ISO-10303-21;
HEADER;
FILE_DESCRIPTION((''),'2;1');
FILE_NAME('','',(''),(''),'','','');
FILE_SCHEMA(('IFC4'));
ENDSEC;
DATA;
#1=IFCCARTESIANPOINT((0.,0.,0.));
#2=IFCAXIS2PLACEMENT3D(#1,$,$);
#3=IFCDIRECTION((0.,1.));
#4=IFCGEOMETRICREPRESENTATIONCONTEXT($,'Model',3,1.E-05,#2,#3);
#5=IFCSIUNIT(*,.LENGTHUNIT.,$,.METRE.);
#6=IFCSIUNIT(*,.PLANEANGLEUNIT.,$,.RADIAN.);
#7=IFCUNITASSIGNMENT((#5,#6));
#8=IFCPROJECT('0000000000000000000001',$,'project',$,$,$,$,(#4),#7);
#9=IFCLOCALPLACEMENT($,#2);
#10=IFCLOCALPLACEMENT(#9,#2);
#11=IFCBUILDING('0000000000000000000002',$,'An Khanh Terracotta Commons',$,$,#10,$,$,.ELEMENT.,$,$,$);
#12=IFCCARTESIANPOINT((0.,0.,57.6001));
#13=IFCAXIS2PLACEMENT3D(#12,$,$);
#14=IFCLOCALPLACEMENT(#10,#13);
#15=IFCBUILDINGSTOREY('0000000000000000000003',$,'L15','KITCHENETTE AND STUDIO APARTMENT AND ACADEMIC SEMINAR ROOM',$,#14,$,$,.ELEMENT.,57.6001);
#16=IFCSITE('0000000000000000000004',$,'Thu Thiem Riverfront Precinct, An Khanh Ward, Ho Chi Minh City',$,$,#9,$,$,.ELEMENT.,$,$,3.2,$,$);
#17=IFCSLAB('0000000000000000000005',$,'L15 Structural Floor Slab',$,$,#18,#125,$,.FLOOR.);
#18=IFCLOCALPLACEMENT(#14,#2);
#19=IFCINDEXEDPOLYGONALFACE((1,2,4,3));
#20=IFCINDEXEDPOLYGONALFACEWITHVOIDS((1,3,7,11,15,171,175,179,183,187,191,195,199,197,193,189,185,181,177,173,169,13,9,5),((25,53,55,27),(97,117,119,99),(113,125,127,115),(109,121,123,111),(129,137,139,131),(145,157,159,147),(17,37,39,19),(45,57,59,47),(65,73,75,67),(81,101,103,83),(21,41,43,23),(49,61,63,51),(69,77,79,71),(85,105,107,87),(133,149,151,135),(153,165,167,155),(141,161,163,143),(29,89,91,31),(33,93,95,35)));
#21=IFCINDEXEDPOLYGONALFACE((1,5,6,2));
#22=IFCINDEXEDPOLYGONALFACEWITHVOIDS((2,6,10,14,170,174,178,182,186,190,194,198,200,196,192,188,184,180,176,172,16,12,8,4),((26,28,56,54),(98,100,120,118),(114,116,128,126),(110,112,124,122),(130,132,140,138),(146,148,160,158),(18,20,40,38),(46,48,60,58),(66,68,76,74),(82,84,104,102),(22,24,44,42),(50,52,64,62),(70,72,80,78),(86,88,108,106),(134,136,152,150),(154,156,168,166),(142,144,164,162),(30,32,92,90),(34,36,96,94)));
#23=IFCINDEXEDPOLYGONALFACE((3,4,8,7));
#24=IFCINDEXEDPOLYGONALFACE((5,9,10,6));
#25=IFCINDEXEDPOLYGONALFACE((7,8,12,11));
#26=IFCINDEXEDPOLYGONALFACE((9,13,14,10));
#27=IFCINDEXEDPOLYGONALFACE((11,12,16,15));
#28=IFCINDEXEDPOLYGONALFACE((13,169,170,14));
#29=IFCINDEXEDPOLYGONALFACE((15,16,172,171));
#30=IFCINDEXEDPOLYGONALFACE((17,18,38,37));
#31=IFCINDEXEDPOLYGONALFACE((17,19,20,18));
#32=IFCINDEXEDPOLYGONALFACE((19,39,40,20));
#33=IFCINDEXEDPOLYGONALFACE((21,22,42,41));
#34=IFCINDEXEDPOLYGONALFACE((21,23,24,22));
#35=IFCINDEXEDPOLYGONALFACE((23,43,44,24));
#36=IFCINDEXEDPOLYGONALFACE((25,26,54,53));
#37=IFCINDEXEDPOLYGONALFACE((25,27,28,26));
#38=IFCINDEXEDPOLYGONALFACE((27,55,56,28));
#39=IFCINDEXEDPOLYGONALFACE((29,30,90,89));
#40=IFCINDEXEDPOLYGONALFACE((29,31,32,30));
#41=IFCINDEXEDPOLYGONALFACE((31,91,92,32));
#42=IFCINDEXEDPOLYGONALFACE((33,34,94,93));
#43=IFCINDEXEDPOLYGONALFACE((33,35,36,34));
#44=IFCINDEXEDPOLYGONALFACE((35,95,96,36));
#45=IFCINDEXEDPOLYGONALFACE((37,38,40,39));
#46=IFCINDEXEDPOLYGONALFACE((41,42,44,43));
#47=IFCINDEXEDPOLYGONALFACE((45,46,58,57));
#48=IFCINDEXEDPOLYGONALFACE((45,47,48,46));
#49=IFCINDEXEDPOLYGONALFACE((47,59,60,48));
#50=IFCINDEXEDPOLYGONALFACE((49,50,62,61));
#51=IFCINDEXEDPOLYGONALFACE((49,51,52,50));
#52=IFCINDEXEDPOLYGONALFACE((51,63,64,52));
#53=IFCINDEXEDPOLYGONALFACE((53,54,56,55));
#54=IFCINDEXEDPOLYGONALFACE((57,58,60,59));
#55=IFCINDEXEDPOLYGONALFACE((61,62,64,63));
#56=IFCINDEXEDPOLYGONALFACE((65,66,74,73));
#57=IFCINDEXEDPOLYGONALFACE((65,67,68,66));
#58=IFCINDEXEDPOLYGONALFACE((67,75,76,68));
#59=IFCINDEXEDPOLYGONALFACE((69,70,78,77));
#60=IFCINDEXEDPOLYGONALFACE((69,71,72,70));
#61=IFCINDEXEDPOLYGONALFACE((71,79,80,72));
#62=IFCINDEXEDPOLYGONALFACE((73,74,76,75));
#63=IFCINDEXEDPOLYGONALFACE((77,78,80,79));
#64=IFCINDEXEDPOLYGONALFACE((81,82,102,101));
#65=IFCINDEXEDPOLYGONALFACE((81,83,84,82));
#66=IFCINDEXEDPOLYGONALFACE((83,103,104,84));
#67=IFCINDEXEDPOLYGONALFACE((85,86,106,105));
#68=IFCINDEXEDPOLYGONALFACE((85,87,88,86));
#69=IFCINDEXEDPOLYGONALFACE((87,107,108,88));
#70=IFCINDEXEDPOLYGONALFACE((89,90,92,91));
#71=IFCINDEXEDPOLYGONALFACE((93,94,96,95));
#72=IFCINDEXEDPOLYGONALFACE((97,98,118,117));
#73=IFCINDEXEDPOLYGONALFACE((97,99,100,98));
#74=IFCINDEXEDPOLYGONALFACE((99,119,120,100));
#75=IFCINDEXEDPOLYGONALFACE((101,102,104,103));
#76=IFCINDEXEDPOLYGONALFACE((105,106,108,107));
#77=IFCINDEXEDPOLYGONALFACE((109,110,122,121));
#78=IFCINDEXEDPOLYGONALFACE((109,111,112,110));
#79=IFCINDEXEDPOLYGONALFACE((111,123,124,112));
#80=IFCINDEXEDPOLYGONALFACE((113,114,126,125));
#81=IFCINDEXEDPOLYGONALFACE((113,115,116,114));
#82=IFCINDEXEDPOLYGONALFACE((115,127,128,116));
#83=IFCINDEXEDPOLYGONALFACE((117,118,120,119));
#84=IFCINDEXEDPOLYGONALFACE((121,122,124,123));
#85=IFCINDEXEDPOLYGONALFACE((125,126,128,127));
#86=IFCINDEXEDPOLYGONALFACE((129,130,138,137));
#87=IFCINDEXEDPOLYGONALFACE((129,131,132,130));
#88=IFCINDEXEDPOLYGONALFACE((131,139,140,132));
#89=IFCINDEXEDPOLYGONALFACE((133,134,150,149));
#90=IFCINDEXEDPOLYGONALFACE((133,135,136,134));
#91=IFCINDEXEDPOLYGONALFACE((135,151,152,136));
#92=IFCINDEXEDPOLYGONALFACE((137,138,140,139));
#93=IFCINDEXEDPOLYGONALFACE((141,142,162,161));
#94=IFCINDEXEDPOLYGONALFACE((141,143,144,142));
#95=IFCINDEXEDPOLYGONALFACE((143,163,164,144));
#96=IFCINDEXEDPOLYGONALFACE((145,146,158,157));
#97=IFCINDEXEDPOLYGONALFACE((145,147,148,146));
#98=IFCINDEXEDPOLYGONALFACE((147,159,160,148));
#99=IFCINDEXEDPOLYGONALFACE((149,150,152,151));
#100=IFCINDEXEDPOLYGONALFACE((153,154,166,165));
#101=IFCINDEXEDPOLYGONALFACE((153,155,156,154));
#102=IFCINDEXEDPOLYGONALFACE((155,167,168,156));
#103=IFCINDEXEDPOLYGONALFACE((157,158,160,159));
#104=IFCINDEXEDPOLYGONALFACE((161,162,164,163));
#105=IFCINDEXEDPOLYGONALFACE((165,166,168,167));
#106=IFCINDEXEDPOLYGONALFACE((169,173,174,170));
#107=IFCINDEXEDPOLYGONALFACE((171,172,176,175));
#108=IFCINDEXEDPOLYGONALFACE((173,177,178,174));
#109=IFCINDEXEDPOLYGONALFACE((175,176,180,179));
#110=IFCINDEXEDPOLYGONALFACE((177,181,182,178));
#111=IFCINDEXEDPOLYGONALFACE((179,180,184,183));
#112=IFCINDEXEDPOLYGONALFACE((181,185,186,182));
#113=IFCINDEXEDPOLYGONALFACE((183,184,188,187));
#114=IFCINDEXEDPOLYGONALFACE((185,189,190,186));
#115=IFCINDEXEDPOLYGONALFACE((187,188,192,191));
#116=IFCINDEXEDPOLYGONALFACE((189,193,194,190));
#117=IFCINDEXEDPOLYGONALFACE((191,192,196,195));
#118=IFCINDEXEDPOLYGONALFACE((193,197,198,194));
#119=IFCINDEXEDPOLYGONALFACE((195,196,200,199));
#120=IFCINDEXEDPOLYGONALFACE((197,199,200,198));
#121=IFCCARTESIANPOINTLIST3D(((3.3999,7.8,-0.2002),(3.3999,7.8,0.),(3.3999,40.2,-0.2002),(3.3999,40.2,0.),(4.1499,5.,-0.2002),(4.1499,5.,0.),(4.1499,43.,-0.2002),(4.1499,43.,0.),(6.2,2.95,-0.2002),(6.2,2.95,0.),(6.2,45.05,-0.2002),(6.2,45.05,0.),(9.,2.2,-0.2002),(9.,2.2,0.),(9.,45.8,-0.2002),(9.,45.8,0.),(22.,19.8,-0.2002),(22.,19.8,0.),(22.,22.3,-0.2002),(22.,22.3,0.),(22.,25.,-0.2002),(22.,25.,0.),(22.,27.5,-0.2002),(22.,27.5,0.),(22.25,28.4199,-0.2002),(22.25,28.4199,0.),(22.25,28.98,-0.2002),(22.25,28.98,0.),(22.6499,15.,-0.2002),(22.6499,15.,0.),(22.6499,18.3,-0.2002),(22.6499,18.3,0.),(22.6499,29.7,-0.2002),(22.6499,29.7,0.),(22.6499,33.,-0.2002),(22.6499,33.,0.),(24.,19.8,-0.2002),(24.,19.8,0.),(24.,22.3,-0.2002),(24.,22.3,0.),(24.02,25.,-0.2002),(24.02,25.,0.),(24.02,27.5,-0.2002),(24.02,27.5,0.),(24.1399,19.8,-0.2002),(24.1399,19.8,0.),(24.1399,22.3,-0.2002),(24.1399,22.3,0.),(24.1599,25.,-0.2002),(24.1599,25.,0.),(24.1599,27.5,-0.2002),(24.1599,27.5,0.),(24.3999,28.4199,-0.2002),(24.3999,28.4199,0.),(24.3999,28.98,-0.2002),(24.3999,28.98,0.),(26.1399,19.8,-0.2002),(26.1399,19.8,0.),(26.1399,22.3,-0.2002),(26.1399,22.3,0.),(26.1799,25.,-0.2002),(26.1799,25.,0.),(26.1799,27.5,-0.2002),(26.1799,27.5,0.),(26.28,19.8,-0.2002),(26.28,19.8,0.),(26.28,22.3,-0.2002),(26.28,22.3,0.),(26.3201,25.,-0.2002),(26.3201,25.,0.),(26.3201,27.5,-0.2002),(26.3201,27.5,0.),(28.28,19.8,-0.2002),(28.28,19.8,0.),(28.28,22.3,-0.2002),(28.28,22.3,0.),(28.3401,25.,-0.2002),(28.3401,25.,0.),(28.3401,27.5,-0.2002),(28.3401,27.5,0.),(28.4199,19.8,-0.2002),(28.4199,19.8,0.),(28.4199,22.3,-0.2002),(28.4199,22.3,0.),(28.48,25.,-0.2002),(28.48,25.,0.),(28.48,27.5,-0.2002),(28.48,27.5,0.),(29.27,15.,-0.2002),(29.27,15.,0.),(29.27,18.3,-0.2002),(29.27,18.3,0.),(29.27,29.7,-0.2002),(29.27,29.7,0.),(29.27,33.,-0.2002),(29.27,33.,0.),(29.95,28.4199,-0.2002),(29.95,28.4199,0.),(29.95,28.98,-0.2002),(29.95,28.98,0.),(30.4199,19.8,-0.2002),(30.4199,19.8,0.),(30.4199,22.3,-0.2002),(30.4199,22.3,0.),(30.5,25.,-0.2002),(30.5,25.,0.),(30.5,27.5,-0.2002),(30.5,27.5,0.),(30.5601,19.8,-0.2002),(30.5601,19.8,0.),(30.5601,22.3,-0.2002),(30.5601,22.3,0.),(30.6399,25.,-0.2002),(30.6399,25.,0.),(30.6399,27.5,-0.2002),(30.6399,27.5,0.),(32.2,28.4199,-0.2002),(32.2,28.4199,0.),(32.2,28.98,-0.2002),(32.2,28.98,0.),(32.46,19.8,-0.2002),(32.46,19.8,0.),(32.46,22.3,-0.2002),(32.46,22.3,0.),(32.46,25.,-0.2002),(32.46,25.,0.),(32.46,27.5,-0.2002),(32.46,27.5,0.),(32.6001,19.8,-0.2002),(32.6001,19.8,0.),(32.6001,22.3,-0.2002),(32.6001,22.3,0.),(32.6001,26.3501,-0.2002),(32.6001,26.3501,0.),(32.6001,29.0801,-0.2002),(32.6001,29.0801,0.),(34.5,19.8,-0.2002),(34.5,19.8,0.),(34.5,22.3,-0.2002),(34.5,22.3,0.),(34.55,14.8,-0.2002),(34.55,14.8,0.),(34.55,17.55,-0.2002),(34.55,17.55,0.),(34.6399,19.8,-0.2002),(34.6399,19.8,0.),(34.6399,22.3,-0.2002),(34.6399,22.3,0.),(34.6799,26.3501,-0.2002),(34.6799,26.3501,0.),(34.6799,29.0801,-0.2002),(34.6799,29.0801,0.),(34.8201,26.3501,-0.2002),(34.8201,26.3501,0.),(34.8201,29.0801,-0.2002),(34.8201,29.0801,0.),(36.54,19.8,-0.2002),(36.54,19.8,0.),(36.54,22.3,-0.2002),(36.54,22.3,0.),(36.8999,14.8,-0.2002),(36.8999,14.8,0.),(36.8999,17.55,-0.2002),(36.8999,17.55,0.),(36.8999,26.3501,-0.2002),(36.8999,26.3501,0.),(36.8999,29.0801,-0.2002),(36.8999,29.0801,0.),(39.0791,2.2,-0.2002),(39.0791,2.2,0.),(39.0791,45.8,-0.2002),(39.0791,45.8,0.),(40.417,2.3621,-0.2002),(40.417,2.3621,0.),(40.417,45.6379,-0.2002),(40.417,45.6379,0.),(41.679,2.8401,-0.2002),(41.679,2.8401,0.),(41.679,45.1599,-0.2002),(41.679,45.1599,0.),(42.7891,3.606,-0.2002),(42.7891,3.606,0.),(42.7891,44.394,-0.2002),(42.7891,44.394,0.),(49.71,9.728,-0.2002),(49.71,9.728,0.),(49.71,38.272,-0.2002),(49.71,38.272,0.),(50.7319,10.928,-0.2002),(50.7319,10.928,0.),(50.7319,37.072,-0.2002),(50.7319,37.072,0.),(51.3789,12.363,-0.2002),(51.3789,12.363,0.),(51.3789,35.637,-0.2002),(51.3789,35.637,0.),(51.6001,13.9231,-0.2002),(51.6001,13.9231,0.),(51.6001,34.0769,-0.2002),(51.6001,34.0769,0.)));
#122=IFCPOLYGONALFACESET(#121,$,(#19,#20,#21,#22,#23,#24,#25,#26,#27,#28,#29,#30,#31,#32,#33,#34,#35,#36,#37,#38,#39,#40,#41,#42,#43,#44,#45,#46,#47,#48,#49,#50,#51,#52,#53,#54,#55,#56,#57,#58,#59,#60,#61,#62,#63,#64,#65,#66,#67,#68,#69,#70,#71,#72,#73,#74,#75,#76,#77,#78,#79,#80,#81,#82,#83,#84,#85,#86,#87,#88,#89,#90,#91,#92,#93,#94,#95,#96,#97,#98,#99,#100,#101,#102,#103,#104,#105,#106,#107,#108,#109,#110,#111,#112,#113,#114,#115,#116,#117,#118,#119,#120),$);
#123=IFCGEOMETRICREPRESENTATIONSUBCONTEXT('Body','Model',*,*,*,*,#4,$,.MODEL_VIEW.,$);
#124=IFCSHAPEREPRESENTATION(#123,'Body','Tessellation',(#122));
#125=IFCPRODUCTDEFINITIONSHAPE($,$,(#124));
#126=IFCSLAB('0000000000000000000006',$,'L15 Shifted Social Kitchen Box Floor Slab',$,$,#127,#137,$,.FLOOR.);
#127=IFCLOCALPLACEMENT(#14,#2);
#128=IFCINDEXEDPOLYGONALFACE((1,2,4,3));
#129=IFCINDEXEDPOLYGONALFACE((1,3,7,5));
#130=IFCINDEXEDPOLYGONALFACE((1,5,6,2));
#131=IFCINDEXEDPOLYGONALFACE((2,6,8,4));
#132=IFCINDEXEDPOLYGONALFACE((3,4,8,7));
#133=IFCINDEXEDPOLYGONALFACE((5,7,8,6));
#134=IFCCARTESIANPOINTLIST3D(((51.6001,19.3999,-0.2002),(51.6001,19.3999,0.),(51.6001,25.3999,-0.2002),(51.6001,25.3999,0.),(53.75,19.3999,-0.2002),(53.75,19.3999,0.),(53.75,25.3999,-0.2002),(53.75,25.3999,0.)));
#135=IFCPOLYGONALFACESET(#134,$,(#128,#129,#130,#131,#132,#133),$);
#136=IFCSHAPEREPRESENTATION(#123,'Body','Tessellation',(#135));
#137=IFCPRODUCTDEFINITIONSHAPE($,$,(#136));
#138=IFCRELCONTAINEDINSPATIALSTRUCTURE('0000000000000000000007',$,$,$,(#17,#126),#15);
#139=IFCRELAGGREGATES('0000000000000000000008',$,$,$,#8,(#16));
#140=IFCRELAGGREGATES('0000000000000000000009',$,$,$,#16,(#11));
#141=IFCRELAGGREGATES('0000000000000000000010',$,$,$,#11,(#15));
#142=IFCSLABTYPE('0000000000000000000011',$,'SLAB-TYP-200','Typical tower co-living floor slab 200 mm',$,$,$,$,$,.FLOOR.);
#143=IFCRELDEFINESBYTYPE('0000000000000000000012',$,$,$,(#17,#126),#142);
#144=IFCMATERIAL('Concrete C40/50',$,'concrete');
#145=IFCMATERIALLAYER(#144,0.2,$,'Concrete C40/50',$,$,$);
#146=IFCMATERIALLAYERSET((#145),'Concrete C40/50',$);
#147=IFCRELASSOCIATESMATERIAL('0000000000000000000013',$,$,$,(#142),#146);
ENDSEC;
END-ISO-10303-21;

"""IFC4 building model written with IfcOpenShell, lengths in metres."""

from ifc_helpers import new_model, si_unit, direction, frame, origin, place, context, subcontext, project, spatial, polyline, outline, extrude, material, layer, layer_set, type_object, element, save


model = new_model("IFC4")

# Units and contexts
model_context = context("Model", 3, precision=1e-05, world=origin(), true_north=direction((0.0, 1.0)))
body_context = subcontext(model_context, "Body", "Model", "MODEL_VIEW")
ifc_project = project(units=[si_unit("LENGTHUNIT", "METRE"), si_unit("PLANEANGLEUNIT", "RADIAN")], contexts=[model_context])

# Site, building, storey
site_placement = place(None, origin())
site = spatial("IfcSite", under=ifc_project, at=site_placement, Name="Thu Thiem Riverfront Precinct, An Khanh Ward, Ho Chi Minh City", CompositionType="ELEMENT", RefElevation=3.2)
building_placement = place(site_placement, origin())
building = spatial("IfcBuilding", under=site, at=building_placement, Name="An Khanh Terracotta Commons", CompositionType="ELEMENT")
storey_placement = place(building_placement, frame((0.0, 0.0, 57.6001)))
storey = spatial("IfcBuildingStorey", under=building, at=storey_placement, Name="L15", Description="KITCHENETTE AND STUDIO APARTMENT AND ACADEMIC SEMINAR ROOM", CompositionType="ELEMENT", Elevation=57.6001)

# Shared definitions
ifc_material_1 = material(Name="Concrete C40/50", Category="concrete")

# Slabs
ifc_layer_1 = layer(ifc_material_1, 0.2, Name="Concrete C40/50")
ifc_layer_set_1 = layer_set([ifc_layer_1], Name="Concrete C40/50")
slab_type_1 = type_object("IfcSlabType", Name="SLAB-TYP-200", Description="Typical tower co-living floor slab 200 mm", PredefinedType="FLOOR", material=ifc_layer_set_1)
slab_1_placement = place(storey_placement, frame((0.0, 0.0, -0.2002)))
element("IfcSlab", 1, at=slab_1_placement, inside=storey, type_object=slab_type_1, Name="L15 Structural Floor Slab", PredefinedType="FLOOR", context=body_context, shape_type="SweptSolid", body=[
    extrude(outline(polyline([(3.3999, 7.8), (4.1499, 5.0), (6.2, 2.95), (9.0, 2.2), (39.0791, 2.2), (40.417, 2.3621), (41.679, 2.8401), (42.7891, 3.606), (49.71, 9.728), (50.7319, 10.928), (51.3789, 12.363), (51.6001, 13.9231), (51.6001, 34.0769), (51.3789, 35.637), (50.7319, 37.072), (49.71, 38.272), (42.7891, 44.394), (41.679, 45.1599), (40.417, 45.6379), (39.0791, 45.8), (9.0, 45.8), (6.2, 45.05), (4.1499, 43.0), (3.3999, 40.2), (3.3999, 7.8)]), holes=[polyline([(22.6499, 29.7), (29.27, 29.7), (29.27, 33.0), (22.6499, 33.0), (22.6499, 29.7)]), polyline([(22.6499, 15.0), (29.27, 15.0), (29.27, 18.3), (22.6499, 18.3), (22.6499, 15.0)]), polyline([(32.6001, 26.3501), (34.6799, 26.3501), (34.6799, 29.0801), (32.6001, 29.0801), (32.6001, 26.3501)]), polyline([(34.8201, 26.3501), (36.8999, 26.3501), (36.8999, 29.0801), (34.8201, 29.0801), (34.8201, 26.3501)]), polyline([(34.55, 14.8), (36.8999, 14.8), (36.8999, 17.55), (34.55, 17.55), (34.55, 14.8)]), polyline([(22.0, 25.0), (24.02, 25.0), (24.02, 27.5), (22.0, 27.5), (22.0, 25.0)]), polyline([(24.1599, 25.0), (26.1799, 25.0), (26.1799, 27.5), (24.1599, 27.5), (24.1599, 25.0)]), polyline([(22.0, 19.8), (24.0, 19.8), (24.0, 22.3), (22.0, 22.3), (22.0, 19.8)]), polyline([(24.1399, 19.8), (26.1399, 19.8), (26.1399, 22.3), (24.1399, 22.3), (24.1399, 19.8)]), polyline([(26.3201, 25.0), (28.3401, 25.0), (28.3401, 27.5), (26.3201, 27.5), (26.3201, 25.0)]), polyline([(28.48, 25.0), (30.5, 25.0), (30.5, 27.5), (28.48, 27.5), (28.48, 25.0)]), polyline([(26.28, 19.8), (28.28, 19.8), (28.28, 22.3), (26.28, 22.3), (26.28, 19.8)]), polyline([(28.4199, 19.8), (30.4199, 19.8), (30.4199, 22.3), (28.4199, 22.3), (28.4199, 19.8)]), polyline([(30.6399, 25.0), (32.46, 25.0), (32.46, 27.5), (30.6399, 27.5), (30.6399, 25.0)]), polyline([(30.5601, 19.8), (32.46, 19.8), (32.46, 22.3), (30.5601, 22.3), (30.5601, 19.8)]), polyline([(32.6001, 19.8), (34.5, 19.8), (34.5, 22.3), (32.6001, 22.3), (32.6001, 19.8)]), polyline([(34.6399, 19.8), (36.54, 19.8), (36.54, 22.3), (34.6399, 22.3), (34.6399, 19.8)]), polyline([(22.25, 28.4199), (24.3999, 28.4199), (24.3999, 28.98), (22.25, 28.98), (22.25, 28.4199)]), polyline([(29.95, 28.4199), (32.2, 28.4199), (32.2, 28.98), (29.95, 28.98), (29.95, 28.4199)])]), origin(), (0.0, 0.0, 1.0), 0.2002),
])
slab_2_placement = place(storey_placement, frame((0.0, 0.0, -0.2002)))
element("IfcSlab", 2, at=slab_2_placement, inside=storey, type_object=slab_type_1, Name="L15 Shifted Social Kitchen Box Floor Slab", PredefinedType="FLOOR", context=body_context, shape_type="SweptSolid", body=[
    extrude(outline(polyline([(51.6001, 19.3999), (53.75, 19.3999), (53.75, 25.3999), (51.6001, 25.3999), (51.6001, 19.3999)])), origin(), (0.0, 0.0, 1.0), 0.2002),
])

save(model, "model.ifc")
